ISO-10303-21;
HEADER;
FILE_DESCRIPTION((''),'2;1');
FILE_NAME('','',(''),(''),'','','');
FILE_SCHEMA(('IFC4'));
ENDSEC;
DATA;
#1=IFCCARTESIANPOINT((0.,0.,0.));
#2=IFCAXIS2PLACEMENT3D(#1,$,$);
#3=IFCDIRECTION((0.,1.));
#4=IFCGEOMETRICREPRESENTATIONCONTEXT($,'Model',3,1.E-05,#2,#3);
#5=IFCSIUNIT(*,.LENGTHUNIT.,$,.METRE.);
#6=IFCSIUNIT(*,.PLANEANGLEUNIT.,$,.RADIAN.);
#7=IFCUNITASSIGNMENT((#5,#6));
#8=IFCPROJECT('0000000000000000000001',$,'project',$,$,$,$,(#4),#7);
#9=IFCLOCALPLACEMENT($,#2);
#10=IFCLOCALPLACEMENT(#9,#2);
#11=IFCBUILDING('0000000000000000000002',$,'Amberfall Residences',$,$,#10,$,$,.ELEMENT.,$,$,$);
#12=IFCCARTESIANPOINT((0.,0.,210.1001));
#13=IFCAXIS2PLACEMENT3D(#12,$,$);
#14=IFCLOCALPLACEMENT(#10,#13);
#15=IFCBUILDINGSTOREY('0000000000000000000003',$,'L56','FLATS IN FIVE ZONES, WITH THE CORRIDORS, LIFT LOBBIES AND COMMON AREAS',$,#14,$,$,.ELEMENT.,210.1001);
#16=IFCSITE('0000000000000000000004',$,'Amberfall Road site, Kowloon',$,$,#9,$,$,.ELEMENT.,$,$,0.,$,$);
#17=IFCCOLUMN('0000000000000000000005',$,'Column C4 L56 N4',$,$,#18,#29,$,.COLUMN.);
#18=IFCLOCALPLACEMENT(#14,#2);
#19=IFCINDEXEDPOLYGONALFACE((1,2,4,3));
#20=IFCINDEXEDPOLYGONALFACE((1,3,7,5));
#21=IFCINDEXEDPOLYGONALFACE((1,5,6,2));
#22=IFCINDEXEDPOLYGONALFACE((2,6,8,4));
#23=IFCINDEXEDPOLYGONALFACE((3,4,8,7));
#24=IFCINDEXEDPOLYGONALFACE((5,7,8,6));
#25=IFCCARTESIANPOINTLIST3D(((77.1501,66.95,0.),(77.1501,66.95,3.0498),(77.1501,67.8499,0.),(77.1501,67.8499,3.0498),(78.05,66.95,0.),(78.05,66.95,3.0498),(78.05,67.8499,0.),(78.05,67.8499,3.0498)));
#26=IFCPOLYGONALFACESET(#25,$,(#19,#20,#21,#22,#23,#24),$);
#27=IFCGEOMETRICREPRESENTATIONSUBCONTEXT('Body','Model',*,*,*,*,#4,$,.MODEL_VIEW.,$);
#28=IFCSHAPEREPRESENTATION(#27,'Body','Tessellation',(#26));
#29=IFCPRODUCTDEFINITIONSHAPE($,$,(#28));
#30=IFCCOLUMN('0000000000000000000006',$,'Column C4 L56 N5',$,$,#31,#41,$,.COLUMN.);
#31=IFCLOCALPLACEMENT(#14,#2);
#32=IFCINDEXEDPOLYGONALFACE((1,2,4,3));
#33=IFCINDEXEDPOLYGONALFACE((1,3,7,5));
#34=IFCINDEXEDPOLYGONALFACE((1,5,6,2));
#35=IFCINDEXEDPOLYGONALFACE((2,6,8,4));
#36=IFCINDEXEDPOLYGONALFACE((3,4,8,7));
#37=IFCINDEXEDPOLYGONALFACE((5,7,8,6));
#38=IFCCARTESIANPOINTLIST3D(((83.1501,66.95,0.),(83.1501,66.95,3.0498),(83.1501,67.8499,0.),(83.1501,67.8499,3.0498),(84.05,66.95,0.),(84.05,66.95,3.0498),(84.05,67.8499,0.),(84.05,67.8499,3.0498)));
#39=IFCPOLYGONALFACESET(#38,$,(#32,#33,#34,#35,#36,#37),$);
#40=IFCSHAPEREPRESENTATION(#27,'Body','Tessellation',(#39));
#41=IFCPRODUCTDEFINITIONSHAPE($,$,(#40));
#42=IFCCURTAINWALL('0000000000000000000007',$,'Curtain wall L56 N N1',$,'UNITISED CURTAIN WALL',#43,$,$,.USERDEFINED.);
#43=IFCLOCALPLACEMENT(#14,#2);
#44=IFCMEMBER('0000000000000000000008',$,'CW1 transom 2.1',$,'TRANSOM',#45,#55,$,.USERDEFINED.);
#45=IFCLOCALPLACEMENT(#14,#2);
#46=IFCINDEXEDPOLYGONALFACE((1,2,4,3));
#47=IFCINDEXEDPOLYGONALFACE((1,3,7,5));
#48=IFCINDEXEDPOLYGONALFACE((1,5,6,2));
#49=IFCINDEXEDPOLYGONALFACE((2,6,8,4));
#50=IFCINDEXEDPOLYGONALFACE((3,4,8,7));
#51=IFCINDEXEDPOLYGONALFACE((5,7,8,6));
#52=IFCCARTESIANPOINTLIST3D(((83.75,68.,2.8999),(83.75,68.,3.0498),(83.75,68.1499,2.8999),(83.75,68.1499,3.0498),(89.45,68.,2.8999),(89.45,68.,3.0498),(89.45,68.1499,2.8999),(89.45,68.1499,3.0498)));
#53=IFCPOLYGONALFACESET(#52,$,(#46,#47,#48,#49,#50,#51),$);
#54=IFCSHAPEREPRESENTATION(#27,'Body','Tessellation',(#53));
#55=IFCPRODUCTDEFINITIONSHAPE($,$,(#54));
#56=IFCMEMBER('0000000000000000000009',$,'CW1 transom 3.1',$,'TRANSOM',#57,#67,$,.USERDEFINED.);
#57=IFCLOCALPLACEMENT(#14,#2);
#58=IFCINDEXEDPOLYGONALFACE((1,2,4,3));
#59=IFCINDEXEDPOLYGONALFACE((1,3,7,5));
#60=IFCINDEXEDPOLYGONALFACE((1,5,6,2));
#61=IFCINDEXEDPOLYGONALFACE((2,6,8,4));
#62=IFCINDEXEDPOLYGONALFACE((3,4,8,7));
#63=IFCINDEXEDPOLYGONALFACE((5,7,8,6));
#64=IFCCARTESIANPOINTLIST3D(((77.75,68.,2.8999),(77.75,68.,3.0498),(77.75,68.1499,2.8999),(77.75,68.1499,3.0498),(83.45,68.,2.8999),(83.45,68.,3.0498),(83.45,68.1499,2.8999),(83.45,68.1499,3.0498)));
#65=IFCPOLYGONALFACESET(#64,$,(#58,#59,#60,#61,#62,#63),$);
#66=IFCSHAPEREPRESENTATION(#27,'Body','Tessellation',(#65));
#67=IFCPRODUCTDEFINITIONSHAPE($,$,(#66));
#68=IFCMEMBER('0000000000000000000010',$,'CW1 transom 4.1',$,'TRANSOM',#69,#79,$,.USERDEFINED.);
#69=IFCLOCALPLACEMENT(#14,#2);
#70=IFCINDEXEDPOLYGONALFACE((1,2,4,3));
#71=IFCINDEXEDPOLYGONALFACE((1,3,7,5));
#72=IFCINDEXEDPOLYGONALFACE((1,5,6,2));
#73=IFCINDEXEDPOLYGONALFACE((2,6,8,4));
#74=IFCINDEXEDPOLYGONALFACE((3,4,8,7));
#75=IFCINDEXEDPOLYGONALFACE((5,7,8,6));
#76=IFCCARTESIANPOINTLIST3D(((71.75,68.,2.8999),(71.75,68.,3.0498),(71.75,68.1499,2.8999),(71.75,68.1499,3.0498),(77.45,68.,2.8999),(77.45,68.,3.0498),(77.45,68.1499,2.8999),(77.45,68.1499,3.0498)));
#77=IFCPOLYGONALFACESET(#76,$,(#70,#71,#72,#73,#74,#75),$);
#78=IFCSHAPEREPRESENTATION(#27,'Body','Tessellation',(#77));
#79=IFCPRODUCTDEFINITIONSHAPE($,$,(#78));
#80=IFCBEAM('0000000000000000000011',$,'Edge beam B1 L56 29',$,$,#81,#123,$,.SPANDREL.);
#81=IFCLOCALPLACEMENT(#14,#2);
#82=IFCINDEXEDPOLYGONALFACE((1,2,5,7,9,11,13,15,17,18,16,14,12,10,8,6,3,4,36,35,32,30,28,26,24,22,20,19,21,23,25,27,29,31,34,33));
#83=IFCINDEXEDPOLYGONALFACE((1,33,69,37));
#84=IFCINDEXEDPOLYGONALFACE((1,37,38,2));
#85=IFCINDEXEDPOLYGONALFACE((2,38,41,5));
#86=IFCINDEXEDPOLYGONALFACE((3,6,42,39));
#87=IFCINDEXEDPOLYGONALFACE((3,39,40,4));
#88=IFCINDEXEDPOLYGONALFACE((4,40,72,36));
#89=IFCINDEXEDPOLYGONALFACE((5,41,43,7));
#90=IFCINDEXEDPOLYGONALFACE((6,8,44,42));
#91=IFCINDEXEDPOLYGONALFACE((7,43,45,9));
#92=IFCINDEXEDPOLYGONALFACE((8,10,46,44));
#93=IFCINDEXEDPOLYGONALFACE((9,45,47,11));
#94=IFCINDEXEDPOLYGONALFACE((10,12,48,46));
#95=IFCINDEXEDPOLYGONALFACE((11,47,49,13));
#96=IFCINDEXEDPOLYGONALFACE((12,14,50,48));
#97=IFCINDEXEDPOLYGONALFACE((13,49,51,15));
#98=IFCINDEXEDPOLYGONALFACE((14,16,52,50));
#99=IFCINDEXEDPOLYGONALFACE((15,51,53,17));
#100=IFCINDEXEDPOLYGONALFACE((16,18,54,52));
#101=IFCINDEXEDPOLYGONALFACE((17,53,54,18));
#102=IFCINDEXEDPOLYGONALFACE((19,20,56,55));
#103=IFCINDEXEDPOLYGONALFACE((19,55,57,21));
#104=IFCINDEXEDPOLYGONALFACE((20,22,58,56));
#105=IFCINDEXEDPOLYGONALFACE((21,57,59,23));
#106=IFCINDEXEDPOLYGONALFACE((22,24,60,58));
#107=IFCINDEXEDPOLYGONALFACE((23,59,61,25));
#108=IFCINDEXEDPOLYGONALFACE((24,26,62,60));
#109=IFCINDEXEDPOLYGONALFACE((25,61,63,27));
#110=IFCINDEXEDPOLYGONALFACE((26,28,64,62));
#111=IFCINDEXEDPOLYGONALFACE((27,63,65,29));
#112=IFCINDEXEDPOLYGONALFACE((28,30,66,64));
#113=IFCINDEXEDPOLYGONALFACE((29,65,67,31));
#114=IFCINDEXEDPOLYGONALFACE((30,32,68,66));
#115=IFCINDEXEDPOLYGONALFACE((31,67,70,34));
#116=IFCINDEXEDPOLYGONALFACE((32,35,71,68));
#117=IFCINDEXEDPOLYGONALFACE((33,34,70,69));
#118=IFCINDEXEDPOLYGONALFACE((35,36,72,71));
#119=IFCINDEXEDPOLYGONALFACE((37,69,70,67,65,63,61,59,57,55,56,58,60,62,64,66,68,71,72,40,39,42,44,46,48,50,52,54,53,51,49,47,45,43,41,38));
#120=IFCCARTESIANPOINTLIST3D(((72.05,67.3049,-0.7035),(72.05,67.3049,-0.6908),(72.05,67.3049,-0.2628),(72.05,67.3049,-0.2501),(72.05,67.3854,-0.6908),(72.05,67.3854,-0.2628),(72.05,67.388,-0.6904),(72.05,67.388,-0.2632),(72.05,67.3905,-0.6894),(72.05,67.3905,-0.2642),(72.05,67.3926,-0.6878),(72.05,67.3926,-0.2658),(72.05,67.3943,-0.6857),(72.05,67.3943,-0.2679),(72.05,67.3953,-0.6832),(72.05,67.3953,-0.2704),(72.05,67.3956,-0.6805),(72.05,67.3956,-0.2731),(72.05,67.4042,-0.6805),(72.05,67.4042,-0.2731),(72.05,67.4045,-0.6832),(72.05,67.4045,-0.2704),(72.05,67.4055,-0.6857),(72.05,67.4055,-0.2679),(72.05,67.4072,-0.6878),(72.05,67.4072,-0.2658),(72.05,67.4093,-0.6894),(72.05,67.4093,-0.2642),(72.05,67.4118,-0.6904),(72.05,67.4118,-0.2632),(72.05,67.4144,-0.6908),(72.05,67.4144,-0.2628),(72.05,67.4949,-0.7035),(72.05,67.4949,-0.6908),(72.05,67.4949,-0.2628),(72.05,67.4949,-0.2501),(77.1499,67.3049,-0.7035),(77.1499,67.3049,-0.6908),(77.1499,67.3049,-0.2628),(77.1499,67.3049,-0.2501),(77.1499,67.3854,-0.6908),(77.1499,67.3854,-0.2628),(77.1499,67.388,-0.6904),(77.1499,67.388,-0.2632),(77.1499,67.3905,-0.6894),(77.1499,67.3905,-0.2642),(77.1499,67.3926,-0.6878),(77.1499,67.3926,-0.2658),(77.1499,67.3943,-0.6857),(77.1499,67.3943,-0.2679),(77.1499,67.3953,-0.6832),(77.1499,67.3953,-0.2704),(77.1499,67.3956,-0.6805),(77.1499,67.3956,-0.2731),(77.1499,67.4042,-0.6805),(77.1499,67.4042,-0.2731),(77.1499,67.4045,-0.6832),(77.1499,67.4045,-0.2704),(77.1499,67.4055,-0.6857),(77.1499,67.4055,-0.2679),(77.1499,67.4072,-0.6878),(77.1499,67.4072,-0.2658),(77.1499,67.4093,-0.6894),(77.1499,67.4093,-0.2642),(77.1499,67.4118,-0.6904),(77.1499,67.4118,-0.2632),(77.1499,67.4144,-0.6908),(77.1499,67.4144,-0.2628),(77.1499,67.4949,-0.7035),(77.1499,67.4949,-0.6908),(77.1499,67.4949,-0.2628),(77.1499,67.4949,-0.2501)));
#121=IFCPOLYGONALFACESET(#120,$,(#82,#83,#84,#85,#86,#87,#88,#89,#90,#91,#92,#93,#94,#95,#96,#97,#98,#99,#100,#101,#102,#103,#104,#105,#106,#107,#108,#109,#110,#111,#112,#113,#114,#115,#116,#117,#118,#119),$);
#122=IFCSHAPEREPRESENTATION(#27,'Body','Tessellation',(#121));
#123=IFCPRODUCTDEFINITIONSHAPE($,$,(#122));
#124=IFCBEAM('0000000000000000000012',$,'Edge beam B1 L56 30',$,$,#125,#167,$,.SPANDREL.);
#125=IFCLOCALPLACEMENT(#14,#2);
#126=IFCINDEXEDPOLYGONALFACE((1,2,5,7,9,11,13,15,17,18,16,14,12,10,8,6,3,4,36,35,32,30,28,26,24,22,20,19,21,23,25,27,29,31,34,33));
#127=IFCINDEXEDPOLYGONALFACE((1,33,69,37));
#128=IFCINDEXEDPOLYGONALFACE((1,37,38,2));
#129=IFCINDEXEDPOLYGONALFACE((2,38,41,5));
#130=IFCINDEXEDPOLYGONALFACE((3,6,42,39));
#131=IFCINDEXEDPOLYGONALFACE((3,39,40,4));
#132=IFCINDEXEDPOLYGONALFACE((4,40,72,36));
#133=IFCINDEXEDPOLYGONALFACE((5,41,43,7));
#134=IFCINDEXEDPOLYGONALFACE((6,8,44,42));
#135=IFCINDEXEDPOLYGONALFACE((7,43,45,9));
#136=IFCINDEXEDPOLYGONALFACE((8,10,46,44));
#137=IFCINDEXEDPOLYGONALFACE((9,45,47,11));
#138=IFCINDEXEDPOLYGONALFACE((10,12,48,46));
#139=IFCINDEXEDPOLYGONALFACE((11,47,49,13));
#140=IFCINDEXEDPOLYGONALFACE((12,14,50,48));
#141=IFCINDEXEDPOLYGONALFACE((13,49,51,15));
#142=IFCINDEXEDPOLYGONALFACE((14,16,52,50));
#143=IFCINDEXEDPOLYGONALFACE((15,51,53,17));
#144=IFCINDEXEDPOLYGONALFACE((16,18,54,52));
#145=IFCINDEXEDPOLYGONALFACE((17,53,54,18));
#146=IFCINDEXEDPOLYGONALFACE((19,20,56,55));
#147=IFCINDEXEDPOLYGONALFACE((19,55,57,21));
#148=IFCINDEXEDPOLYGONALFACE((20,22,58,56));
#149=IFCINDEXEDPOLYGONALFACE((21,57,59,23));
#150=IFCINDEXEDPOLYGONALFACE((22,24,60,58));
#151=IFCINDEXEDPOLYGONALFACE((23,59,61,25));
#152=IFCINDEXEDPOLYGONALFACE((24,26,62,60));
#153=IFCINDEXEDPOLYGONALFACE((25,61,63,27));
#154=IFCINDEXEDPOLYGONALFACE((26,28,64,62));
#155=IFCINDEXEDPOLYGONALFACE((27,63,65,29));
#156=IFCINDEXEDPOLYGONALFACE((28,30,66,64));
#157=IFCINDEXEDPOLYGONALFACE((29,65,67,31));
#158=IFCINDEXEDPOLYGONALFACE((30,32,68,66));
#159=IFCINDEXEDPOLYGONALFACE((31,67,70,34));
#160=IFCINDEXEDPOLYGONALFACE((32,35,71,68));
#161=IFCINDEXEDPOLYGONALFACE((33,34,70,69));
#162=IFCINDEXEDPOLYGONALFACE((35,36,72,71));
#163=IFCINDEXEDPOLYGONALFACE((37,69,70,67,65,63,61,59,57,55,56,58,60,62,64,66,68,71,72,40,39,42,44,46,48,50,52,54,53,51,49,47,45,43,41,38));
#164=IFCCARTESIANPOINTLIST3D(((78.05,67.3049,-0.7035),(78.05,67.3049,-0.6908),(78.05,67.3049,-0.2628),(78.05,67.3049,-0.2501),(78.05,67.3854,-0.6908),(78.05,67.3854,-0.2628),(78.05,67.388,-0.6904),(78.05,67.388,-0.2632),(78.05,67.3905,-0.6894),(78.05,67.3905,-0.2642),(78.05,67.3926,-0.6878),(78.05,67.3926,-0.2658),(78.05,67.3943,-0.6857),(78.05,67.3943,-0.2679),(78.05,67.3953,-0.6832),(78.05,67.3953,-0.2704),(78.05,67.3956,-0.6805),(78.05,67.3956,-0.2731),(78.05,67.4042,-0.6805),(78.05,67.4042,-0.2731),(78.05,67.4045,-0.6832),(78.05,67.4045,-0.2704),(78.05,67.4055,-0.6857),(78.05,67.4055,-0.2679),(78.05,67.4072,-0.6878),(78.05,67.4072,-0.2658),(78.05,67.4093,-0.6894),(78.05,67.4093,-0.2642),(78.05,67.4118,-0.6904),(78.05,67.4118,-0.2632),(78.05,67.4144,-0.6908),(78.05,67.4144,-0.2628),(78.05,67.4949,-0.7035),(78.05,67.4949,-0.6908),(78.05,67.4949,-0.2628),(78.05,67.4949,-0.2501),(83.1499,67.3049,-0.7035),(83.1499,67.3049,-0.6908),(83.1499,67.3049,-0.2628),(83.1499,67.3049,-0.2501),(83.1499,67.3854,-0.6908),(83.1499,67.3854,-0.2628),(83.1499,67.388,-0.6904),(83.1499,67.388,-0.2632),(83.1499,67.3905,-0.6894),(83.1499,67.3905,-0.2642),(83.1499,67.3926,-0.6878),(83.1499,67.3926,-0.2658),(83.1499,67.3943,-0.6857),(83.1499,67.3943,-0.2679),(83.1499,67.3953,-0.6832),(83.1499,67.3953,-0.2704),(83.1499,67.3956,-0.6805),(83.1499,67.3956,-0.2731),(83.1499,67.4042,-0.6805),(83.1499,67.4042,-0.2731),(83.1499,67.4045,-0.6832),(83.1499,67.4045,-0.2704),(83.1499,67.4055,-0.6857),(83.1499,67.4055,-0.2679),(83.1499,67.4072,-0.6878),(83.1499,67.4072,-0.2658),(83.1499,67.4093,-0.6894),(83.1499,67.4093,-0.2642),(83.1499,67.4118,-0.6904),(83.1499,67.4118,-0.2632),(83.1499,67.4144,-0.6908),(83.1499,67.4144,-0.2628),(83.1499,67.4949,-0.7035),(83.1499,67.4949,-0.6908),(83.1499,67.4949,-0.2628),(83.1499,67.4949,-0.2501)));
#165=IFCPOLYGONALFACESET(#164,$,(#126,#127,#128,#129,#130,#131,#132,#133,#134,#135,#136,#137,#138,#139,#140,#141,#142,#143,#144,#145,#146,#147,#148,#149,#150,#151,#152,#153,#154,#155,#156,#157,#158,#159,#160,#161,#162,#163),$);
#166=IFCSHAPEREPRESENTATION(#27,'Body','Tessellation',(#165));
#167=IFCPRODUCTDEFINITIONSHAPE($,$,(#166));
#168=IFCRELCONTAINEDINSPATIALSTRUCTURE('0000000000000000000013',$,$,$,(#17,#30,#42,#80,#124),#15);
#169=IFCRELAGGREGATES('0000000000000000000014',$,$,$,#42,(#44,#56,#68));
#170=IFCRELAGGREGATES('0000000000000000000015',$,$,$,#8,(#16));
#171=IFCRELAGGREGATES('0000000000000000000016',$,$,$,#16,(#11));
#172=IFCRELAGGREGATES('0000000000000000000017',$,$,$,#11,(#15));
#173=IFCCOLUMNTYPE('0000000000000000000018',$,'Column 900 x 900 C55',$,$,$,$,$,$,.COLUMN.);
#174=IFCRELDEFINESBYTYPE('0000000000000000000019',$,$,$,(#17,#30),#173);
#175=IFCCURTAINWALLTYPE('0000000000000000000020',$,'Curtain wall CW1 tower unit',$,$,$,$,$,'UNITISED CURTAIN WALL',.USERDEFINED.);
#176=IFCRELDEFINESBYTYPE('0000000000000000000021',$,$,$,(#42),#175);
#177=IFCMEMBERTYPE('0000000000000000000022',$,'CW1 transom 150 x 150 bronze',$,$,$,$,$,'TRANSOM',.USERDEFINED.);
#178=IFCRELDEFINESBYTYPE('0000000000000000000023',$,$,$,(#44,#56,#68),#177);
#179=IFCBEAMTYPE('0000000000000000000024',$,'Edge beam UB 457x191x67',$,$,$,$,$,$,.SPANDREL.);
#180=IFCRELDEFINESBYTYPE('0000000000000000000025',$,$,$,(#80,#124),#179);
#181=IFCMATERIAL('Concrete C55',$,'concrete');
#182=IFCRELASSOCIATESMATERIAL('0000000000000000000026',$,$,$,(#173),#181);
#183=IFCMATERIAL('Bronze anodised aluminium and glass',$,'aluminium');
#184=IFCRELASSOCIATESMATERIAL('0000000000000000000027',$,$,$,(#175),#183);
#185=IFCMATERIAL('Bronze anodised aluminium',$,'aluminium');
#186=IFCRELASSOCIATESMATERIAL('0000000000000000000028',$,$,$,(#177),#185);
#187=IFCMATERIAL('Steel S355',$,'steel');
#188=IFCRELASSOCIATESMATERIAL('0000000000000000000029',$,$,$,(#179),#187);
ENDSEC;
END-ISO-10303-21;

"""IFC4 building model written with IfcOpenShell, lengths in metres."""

from ifc_helpers import new_model, si_unit, direction, frame, origin, origin_2d, place, context, subcontext, project, spatial, rectangle, i_section, extrude, material, material_profile, profile_set, type_object, element, aggregate, save


model = new_model("IFC4")

# Units and contexts
model_context = context("Model", 3, precision=1e-05, world=origin(), true_north=direction((0.0, 1.0)))
body_context = subcontext(model_context, "Body", "Model", "MODEL_VIEW")
ifc_project = project(units=[si_unit("LENGTHUNIT", "METRE"), si_unit("PLANEANGLEUNIT", "RADIAN")], contexts=[model_context])

# Site, building, storey
site_placement = place(None, origin())
site = spatial("IfcSite", under=ifc_project, at=site_placement, Name="Amberfall Road site, Kowloon", CompositionType="ELEMENT", RefElevation=0.0)
building_placement = place(site_placement, origin())
building = spatial("IfcBuilding", under=site, at=building_placement, Name="Amberfall Residences", CompositionType="ELEMENT")
storey_placement = place(building_placement, frame((0.0, 0.0, 210.1001)))
storey = spatial("IfcBuildingStorey", under=building, at=storey_placement, Name="L56", Description="FLATS IN FIVE ZONES, WITH THE CORRIDORS, LIFT LOBBIES AND COMMON AREAS", CompositionType="ELEMENT", Elevation=210.1001)

# Columns
ifc_material_1 = material(Name="Concrete C55", Category="concrete")
ifc_material_profile_1 = material_profile(ifc_material_1, rectangle(XDim=0.8999, YDim=0.8999, at=origin_2d()), Name="Column 900 x 900 C55")
ifc_profile_set_1 = profile_set([ifc_material_profile_1], Name="Concrete C55")
column_type = type_object("IfcColumnType", Name="Column 900 x 900 C55", PredefinedType="COLUMN", material=ifc_profile_set_1)
for number, where, z_axis, x_axis, name in (
    (1, (77.6001, 67.3999, 0.0), (0.0, 0.0, 1.0), (1.0, 0.0, 0.0), "Column C4 L56 N4"),
    (2, (83.6001, 67.3999, 0.0), (0.0, 0.0, 1.0), (1.0, 0.0, 0.0), "Column C4 L56 N5"),
):
    element("IfcColumn", number, at=place(storey_placement, frame(where, z_axis=z_axis, x_axis=x_axis)), inside=storey, type_object=column_type, Name=name, PredefinedType="COLUMN", context=body_context, shape_type="SweptSolid", body=[
        extrude(rectangle(XDim=0.8999, YDim=0.8999, at=origin_2d()), origin(), (0.0, 0.0, 1.0), 3.0498),
    ])

# Curtain wall, members
ifc_material_2 = material(Name="Bronze anodised aluminium and glass", Category="aluminium")
curtain_wall_type = type_object("IfcCurtainWallType", Name="Curtain wall CW1 tower unit", ElementType="UNITISED CURTAIN WALL", PredefinedType="USERDEFINED", material=ifc_material_2)
curtain_wall_placement = place(storey_placement, origin())
curtain_wall = element("IfcCurtainWall", 3, at=curtain_wall_placement, inside=storey, type_object=curtain_wall_type, Name="Curtain wall L56 N N1", ObjectType="UNITISED CURTAIN WALL", PredefinedType="USERDEFINED")
ifc_material_3 = material(Name="Bronze anodised aluminium", Category="aluminium")
ifc_material_profile_2 = material_profile(ifc_material_3, rectangle(XDim=0.1499, YDim=0.1499, at=origin_2d()), Name="CW1 transom 150 x 150 bronze")
ifc_profile_set_2 = profile_set([ifc_material_profile_2], Name="Bronze anodised aluminium")
member_type_1 = type_object("IfcMemberType", Name="CW1 transom 150 x 150 bronze", ElementType="TRANSOM", PredefinedType="USERDEFINED", material=ifc_profile_set_2)
member_1_placement = place(storey_placement, frame((89.45, 68.075, 2.9749), z_axis=(-1.0, 0.0, 0.0), x_axis=(0.0, -1.0, 0.0)))
member_1 = element("IfcMember", 4, at=member_1_placement, type_object=member_type_1, Name="CW1 transom 2.1", ObjectType="TRANSOM", PredefinedType="USERDEFINED", context=body_context, shape_type="SweptSolid", body=[
    extrude(rectangle(XDim=0.1499, YDim=0.1499, at=origin_2d()), origin(), (0.0, 0.0, 1.0), 5.7),
])
member_2_placement = place(storey_placement, frame((83.45, 68.075, 2.9749), z_axis=(-1.0, 0.0, 0.0), x_axis=(0.0, -1.0, 0.0)))
member_2 = element("IfcMember", 5, at=member_2_placement, type_object=member_type_1, Name="CW1 transom 3.1", ObjectType="TRANSOM", PredefinedType="USERDEFINED", context=body_context, shape_type="SweptSolid", body=[
    extrude(rectangle(XDim=0.1499, YDim=0.1499, at=origin_2d()), origin(), (0.0, 0.0, 1.0), 5.7),
])
member_3_placement = place(storey_placement, frame((77.45, 68.075, 2.9749), z_axis=(-1.0, 0.0, 0.0), x_axis=(0.0, -1.0, 0.0)))
member_3 = element("IfcMember", 6, at=member_3_placement, type_object=member_type_1, Name="CW1 transom 4.1", ObjectType="TRANSOM", PredefinedType="USERDEFINED", context=body_context, shape_type="SweptSolid", body=[
    extrude(rectangle(XDim=0.1499, YDim=0.1499, at=origin_2d()), origin(), (0.0, 0.0, 1.0), 5.7),
])

# Beams
ifc_material_4 = material(Name="Steel S355", Category="steel")
ifc_material_profile_3 = material_profile(ifc_material_4, i_section(OverallWidth=0.1899, OverallDepth=0.4534, WebThickness=0.0085, FlangeThickness=0.0127, FilletRadius=0.0103, at=origin_2d()), Name="UB 457x191x67")
ifc_profile_set_3 = profile_set([ifc_material_profile_3], Name="Steel S355")
beam_type_1 = type_object("IfcBeamType", Name="Edge beam UB 457x191x67", PredefinedType="SPANDREL", material=ifc_profile_set_3)
for number, where, z_axis, x_axis, name in (
    (7, (72.05, 67.3999, -0.4768), (1.0, 0.0, 0.0), (0.0, 1.0, 0.0), "Edge beam B1 L56 29"),
    (8, (78.05, 67.3999, -0.4768), (1.0, 0.0, 0.0), (0.0, 1.0, 0.0), "Edge beam B1 L56 30"),
):
    element("IfcBeam", number, at=place(storey_placement, frame(where, z_axis=z_axis, x_axis=x_axis)), inside=storey, type_object=beam_type_1, Name=name, PredefinedType="SPANDREL", context=body_context, shape_type="SweptSolid", body=[
        extrude(i_section(OverallWidth=0.1899, OverallDepth=0.4534, WebThickness=0.0085, FlangeThickness=0.0127, FilletRadius=0.0103, at=origin_2d()), origin(), (0.0, 0.0, 1.0), 5.0999),
    ])

aggregate(curtain_wall, [member_1, member_2, member_3])

save(model, "model.ifc")
